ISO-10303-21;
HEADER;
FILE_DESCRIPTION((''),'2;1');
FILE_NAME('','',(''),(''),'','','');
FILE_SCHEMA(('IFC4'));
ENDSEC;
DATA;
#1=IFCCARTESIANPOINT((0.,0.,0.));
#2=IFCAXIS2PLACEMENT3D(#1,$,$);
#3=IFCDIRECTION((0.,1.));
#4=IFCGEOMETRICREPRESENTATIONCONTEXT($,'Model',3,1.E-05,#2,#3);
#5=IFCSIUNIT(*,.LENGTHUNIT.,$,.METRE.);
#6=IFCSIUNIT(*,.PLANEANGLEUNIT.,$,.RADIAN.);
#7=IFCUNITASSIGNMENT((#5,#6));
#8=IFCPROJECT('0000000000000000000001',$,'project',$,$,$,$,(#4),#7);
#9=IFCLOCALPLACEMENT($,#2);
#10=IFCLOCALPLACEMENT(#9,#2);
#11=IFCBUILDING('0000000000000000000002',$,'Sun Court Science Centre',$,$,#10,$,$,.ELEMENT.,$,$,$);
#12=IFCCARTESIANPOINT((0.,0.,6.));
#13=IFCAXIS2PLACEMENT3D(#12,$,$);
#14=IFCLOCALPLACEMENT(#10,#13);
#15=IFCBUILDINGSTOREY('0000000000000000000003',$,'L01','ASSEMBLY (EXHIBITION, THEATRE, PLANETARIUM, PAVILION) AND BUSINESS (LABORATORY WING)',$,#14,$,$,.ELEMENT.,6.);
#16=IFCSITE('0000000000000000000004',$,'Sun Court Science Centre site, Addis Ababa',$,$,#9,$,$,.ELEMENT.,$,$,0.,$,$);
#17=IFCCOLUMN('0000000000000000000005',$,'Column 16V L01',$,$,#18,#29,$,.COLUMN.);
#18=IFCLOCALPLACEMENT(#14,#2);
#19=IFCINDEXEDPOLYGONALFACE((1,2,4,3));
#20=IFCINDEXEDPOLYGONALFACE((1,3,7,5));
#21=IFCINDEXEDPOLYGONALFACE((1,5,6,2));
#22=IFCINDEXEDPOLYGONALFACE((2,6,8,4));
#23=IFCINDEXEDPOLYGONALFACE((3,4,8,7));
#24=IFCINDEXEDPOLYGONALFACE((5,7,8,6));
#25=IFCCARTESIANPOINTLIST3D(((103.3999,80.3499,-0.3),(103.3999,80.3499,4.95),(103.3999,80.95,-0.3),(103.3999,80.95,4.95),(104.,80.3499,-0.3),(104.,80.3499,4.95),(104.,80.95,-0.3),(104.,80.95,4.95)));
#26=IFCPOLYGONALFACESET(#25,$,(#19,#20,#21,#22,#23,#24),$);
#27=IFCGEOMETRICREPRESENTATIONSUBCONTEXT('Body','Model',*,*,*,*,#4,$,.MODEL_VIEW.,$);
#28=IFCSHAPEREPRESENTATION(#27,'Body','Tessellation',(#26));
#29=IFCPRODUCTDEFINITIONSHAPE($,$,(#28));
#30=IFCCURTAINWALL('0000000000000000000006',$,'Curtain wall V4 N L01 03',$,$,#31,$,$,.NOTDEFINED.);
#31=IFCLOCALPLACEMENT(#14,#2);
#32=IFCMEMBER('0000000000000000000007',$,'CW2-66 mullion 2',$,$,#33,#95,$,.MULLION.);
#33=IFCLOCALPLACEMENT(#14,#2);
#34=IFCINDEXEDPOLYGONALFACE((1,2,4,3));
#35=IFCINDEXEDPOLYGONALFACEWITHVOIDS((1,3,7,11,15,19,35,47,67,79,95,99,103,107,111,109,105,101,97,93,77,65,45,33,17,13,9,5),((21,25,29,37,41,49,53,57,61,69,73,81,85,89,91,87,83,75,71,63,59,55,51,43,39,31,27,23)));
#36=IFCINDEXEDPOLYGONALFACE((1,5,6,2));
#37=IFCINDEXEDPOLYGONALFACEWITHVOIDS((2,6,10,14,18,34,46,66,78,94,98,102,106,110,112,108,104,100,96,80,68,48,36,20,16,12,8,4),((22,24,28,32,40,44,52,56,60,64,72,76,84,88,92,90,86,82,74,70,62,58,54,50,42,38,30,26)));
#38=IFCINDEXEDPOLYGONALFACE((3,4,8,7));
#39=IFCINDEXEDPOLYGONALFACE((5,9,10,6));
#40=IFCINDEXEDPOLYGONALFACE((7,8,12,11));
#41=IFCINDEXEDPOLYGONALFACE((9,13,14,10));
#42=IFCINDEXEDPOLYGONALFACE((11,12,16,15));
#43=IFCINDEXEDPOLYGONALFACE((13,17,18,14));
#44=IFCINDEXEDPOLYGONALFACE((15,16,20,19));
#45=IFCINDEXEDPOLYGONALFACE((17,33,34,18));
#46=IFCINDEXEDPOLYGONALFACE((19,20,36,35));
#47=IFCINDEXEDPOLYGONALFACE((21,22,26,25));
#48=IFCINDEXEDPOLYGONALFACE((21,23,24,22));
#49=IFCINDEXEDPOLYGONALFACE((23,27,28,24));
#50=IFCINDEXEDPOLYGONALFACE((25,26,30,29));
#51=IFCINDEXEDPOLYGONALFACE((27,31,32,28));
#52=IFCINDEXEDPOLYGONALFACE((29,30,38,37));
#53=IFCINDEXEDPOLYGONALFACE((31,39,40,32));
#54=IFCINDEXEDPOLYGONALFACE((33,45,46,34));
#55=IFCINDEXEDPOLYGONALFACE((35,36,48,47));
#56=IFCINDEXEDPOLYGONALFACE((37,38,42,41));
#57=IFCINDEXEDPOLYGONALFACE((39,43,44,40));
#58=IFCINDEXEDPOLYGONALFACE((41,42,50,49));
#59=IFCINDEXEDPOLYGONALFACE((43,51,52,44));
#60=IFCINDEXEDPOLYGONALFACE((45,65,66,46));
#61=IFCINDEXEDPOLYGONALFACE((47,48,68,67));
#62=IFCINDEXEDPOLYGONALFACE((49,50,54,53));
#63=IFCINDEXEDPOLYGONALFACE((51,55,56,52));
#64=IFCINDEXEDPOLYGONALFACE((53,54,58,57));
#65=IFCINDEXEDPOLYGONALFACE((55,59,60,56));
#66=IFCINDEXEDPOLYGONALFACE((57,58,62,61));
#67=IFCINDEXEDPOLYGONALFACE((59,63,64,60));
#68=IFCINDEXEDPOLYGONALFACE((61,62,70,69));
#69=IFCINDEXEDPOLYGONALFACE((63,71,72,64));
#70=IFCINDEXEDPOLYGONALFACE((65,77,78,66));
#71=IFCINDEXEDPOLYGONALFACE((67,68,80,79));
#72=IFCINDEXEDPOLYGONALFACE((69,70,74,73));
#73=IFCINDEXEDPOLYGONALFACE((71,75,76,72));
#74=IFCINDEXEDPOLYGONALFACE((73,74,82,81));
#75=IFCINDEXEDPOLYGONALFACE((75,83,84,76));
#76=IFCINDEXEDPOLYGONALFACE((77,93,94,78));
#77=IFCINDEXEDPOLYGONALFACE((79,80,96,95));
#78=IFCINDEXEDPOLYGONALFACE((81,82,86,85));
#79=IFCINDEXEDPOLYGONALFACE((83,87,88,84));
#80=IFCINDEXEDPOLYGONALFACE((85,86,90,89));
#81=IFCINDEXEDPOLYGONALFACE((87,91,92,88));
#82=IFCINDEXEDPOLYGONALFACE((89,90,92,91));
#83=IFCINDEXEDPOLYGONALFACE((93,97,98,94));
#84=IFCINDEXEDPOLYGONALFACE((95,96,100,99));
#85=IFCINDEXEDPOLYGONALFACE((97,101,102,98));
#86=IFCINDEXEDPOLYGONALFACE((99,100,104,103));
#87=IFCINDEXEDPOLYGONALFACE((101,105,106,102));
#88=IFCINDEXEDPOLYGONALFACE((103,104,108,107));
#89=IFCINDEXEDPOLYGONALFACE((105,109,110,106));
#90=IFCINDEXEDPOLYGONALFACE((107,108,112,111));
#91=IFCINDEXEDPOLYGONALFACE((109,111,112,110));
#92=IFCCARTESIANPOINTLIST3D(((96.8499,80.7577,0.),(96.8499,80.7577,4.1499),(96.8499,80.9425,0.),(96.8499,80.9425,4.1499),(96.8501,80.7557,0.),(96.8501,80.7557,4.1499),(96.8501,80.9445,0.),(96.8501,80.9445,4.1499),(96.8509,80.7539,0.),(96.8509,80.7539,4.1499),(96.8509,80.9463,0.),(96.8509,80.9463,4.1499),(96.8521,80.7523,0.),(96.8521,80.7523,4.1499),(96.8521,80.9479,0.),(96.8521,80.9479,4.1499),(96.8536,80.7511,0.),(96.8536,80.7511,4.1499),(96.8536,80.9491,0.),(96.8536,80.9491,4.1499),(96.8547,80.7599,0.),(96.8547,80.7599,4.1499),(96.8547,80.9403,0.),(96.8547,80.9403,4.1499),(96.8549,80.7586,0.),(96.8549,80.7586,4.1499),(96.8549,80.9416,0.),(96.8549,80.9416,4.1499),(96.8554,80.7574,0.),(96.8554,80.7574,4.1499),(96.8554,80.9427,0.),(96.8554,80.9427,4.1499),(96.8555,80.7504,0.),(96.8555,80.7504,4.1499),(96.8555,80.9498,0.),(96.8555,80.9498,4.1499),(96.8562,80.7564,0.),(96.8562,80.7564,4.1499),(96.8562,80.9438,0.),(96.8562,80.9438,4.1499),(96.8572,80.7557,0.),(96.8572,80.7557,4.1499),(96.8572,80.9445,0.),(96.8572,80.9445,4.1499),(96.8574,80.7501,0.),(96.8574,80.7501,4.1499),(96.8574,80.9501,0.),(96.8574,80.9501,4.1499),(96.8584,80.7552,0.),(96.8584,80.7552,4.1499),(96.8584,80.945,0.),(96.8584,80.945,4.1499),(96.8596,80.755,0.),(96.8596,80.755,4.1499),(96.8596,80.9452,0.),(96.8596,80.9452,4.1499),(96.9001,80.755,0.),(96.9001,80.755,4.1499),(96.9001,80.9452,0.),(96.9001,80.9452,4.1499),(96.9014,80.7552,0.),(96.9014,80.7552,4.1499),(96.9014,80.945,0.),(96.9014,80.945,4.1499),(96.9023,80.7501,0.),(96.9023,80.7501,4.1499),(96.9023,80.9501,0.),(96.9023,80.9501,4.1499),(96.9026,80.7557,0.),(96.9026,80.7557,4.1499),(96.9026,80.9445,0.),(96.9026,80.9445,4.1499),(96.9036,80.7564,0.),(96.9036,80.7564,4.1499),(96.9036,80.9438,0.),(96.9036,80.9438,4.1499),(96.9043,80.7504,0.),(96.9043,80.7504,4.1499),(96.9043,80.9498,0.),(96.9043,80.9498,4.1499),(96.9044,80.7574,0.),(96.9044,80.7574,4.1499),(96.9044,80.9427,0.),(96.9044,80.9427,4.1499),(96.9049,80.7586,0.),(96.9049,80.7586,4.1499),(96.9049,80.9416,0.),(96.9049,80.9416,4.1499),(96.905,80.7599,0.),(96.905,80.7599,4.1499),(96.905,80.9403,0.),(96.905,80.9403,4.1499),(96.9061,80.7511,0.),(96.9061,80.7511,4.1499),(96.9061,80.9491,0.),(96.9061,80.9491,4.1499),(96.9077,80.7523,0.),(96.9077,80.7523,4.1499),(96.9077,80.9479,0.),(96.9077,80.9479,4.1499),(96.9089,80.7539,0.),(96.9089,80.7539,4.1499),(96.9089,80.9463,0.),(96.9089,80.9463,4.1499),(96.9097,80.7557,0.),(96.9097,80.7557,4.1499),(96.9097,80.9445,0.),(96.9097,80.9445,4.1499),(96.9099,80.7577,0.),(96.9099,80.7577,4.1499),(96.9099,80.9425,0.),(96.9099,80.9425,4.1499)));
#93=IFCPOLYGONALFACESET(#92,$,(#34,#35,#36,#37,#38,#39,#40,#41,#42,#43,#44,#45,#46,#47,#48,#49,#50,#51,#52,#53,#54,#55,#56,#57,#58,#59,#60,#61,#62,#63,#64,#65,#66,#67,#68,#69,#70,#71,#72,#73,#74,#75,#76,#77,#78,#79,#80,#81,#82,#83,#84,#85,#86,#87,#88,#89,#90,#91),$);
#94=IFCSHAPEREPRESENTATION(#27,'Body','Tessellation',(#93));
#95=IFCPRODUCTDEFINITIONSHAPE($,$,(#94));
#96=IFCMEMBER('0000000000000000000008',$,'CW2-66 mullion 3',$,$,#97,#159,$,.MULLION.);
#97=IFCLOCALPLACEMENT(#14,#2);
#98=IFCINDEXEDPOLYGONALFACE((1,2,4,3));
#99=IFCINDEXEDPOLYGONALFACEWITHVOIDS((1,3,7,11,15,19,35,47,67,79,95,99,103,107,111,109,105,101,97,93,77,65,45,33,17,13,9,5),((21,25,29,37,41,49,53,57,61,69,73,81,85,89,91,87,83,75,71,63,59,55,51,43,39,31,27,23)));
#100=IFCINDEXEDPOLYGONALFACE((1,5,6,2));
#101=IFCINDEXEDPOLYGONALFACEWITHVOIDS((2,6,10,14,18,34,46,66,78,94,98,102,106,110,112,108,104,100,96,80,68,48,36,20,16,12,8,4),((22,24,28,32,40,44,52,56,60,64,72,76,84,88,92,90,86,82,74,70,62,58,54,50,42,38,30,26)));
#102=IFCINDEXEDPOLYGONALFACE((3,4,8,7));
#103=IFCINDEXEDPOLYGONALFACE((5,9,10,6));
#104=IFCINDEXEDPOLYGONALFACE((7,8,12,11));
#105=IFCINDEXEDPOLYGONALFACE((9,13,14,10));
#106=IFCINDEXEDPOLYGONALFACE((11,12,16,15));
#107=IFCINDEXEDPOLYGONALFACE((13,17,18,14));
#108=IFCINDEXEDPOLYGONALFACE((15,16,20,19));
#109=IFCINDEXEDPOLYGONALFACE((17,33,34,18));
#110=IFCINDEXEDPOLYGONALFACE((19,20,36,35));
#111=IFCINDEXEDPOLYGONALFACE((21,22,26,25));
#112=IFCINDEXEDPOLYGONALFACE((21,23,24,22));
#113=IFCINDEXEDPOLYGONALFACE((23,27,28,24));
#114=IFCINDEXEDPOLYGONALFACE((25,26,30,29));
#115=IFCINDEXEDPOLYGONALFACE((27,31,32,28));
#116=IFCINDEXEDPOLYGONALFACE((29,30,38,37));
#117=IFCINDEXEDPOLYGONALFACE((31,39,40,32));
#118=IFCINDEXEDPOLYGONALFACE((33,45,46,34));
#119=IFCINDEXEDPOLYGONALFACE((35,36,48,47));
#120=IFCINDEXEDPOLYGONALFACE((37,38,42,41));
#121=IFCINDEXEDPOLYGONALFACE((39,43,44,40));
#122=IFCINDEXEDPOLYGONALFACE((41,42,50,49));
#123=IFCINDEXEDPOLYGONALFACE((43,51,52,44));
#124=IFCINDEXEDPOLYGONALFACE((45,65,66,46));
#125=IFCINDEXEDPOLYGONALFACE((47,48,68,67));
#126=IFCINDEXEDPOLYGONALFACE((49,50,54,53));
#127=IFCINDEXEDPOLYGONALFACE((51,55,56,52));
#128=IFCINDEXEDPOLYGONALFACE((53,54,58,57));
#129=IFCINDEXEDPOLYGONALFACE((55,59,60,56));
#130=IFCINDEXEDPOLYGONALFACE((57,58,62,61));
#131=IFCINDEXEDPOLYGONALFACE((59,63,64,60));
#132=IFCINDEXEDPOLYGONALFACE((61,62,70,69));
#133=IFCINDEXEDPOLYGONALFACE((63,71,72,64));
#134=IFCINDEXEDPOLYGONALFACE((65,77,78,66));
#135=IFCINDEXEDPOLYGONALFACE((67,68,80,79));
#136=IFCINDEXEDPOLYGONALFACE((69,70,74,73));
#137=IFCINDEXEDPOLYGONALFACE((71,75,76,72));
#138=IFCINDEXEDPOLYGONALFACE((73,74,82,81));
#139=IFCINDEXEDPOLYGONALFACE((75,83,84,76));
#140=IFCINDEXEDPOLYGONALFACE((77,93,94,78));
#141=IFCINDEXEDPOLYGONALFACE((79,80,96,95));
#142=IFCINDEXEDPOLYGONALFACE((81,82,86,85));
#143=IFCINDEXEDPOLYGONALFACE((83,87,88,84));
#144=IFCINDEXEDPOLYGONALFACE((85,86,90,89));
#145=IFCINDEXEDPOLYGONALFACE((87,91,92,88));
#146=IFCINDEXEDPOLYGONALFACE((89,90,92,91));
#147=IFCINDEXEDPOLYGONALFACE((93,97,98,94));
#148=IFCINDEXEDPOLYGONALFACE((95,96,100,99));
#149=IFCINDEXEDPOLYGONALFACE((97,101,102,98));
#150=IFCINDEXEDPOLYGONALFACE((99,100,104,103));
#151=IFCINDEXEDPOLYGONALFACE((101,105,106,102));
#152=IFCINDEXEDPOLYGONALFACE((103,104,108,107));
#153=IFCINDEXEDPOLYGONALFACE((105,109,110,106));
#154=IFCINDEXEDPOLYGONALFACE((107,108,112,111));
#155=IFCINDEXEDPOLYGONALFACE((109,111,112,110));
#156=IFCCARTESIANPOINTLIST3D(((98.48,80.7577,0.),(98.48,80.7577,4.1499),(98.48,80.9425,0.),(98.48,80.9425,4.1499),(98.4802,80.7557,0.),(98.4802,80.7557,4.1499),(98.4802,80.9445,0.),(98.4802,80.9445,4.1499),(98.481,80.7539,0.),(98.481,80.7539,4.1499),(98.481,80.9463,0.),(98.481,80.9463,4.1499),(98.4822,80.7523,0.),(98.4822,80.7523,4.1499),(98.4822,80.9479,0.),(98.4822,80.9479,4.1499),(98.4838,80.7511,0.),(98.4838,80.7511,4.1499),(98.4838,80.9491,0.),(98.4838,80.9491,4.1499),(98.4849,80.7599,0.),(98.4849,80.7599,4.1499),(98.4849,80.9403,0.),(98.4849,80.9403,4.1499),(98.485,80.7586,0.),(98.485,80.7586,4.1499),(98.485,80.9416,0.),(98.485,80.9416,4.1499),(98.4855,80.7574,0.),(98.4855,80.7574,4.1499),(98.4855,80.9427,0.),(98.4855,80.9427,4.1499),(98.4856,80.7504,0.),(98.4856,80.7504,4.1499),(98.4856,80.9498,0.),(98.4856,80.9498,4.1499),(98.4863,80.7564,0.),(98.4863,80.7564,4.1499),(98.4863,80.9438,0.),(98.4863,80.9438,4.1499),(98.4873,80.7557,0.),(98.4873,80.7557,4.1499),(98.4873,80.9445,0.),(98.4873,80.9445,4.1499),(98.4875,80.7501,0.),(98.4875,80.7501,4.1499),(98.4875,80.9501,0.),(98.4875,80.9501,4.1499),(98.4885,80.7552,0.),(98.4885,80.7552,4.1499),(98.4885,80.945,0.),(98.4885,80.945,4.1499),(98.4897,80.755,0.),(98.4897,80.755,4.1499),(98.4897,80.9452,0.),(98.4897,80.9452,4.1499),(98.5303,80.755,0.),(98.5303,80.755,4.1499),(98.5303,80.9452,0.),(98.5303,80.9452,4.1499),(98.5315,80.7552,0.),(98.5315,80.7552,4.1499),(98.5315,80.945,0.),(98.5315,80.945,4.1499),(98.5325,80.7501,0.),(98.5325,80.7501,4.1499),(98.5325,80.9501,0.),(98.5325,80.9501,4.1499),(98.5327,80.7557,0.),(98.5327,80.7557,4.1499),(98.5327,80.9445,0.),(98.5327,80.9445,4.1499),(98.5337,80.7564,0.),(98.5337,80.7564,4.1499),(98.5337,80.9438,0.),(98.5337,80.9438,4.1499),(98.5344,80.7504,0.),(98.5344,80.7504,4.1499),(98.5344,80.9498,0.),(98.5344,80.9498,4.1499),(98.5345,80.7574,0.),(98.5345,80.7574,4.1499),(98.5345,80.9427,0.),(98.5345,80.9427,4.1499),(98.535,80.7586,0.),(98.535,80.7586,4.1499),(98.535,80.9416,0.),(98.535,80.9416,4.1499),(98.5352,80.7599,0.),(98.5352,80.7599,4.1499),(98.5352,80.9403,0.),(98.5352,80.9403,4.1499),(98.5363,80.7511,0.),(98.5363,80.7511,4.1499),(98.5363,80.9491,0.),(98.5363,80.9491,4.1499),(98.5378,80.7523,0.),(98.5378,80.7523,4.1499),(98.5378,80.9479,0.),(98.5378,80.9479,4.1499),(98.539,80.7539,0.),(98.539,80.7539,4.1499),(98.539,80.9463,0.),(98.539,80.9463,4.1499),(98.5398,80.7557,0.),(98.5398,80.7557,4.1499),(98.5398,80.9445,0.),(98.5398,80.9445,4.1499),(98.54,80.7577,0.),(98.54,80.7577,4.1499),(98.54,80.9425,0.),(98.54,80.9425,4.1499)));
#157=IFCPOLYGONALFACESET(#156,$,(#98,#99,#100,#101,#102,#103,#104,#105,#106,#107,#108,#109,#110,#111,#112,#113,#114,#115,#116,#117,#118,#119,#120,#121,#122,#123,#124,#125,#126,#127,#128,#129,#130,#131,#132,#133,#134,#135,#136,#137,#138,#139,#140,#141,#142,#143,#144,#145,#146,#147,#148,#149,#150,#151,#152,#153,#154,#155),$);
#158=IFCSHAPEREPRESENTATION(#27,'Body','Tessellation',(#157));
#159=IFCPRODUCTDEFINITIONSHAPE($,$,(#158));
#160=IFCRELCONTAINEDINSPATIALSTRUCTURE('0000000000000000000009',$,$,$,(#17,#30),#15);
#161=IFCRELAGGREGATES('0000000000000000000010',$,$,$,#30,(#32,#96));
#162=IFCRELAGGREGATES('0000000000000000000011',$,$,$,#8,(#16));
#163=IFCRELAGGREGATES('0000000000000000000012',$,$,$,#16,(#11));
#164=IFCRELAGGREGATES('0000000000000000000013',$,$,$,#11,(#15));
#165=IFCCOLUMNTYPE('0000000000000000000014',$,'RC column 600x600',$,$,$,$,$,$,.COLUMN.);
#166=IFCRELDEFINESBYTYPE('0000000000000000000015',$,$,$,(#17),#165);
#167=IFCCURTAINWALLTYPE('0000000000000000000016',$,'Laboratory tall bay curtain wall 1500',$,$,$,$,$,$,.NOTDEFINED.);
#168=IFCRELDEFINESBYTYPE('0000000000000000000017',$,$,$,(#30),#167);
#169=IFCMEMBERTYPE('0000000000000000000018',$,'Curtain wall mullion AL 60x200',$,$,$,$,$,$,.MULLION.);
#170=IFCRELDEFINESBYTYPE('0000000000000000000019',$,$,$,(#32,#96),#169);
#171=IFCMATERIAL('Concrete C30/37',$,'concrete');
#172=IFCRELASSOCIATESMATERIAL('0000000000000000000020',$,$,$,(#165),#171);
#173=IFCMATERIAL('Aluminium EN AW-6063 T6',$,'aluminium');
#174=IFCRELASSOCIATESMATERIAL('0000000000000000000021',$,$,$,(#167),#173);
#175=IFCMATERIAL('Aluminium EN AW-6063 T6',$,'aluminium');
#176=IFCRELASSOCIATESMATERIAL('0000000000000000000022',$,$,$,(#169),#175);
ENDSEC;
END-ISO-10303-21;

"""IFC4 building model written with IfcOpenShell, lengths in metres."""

from ifc_helpers import new_model, si_unit, direction, frame, origin, origin_2d, place, context, subcontext, project, spatial, rectangle, hollow_rectangle, extrude, material, material_profile, profile_set, type_object, element, aggregate, save


model = new_model("IFC4")

# Units and contexts
model_context = context("Model", 3, precision=1e-05, world=origin(), true_north=direction((0.0, 1.0)))
body_context = subcontext(model_context, "Body", "Model", "MODEL_VIEW")
ifc_project = project(units=[si_unit("LENGTHUNIT", "METRE"), si_unit("PLANEANGLEUNIT", "RADIAN")], contexts=[model_context])

# Site, building, storey
site_placement = place(None, origin())
site = spatial("IfcSite", under=ifc_project, at=site_placement, Name="Sun Court Science Centre site, Addis Ababa", CompositionType="ELEMENT", RefElevation=0.0)
building_placement = place(site_placement, origin())
building = spatial("IfcBuilding", under=site, at=building_placement, Name="Sun Court Science Centre", CompositionType="ELEMENT")
storey_placement = place(building_placement, frame((0.0, 0.0, 6.0)))
storey = spatial("IfcBuildingStorey", under=building, at=storey_placement, Name="L01", Description="ASSEMBLY (EXHIBITION, THEATRE, PLANETARIUM, PAVILION) AND BUSINESS (LABORATORY WING)", CompositionType="ELEMENT", Elevation=6.0)

# Column
ifc_material_1 = material(Name="Concrete C30/37", Category="concrete")
ifc_material_profile_1 = material_profile(ifc_material_1, rectangle(XDim=0.6001, YDim=0.6001, at=origin_2d()), Name="RC 600x600")
ifc_profile_set_1 = profile_set([ifc_material_profile_1], Name="Concrete C30/37")
column_type = type_object("IfcColumnType", Name="RC column 600x600", PredefinedType="COLUMN", material=ifc_profile_set_1)
column_placement = place(storey_placement, frame((103.7, 80.6499, -0.3), z_axis=(0.0, 0.0, 1.0), x_axis=(1.0, 0.0, 0.0)))
element("IfcColumn", 1, at=column_placement, inside=storey, type_object=column_type, Name="Column 16V L01", PredefinedType="COLUMN", context=body_context, shape_type="SweptSolid", body=[
    extrude(rectangle(XDim=0.6001, YDim=0.6001, at=origin_2d()), origin(), (0.0, 0.0, 1.0), 5.25),
])

# Curtain wall, members
ifc_material_2 = material(Name="Aluminium EN AW-6063 T6", Category="aluminium")
curtain_wall_type = type_object("IfcCurtainWallType", Name="Laboratory tall bay curtain wall 1500", PredefinedType="NOTDEFINED", material=ifc_material_2)
curtain_wall_placement = place(storey_placement, origin())
curtain_wall = element("IfcCurtainWall", 2, at=curtain_wall_placement, inside=storey, type_object=curtain_wall_type, Name="Curtain wall V4 N L01 03", PredefinedType="NOTDEFINED")
ifc_material_3 = material(Name="Aluminium EN AW-6063 T6", Category="aluminium")
ifc_material_profile_2 = material_profile(ifc_material_3, hollow_rectangle(XDim=0.0601, YDim=0.2, WallThickness=0.0049, InnerFilletRadius=0.0049, OuterFilletRadius=0.0076, at=origin_2d()), Name="AL 60x200x5")
ifc_profile_set_2 = profile_set([ifc_material_profile_2], Name="Aluminium EN AW-6063 T6")
member_type_1 = type_object("IfcMemberType", Name="Curtain wall mullion AL 60x200", PredefinedType="MULLION", material=ifc_profile_set_2)
member_1_placement = place(storey_placement, frame((96.8799, 80.8501, 0.0), z_axis=(0.0, 0.0, 1.0), x_axis=(1.0, 0.0, 0.0)))
member_1 = element("IfcMember", 3, at=member_1_placement, type_object=member_type_1, Name="CW2-66 mullion 2", PredefinedType="MULLION", context=body_context, shape_type="SweptSolid", body=[
    extrude(hollow_rectangle(XDim=0.0601, YDim=0.2, WallThickness=0.0049, InnerFilletRadius=0.0049, OuterFilletRadius=0.0076, at=origin_2d()), origin(), (0.0, 0.0, 1.0), 4.1499),
])
member_2_placement = place(storey_placement, frame((98.51, 80.8501, 0.0), z_axis=(0.0, 0.0, 1.0), x_axis=(1.0, 0.0, 0.0)))
member_2 = element("IfcMember", 4, at=member_2_placement, type_object=member_type_1, Name="CW2-66 mullion 3", PredefinedType="MULLION", context=body_context, shape_type="SweptSolid", body=[
    extrude(hollow_rectangle(XDim=0.0601, YDim=0.2, WallThickness=0.0049, InnerFilletRadius=0.0049, OuterFilletRadius=0.0076, at=origin_2d()), origin(), (0.0, 0.0, 1.0), 4.1499),
])
aggregate(curtain_wall, [member_1, member_2])

save(model, "model.ifc")
